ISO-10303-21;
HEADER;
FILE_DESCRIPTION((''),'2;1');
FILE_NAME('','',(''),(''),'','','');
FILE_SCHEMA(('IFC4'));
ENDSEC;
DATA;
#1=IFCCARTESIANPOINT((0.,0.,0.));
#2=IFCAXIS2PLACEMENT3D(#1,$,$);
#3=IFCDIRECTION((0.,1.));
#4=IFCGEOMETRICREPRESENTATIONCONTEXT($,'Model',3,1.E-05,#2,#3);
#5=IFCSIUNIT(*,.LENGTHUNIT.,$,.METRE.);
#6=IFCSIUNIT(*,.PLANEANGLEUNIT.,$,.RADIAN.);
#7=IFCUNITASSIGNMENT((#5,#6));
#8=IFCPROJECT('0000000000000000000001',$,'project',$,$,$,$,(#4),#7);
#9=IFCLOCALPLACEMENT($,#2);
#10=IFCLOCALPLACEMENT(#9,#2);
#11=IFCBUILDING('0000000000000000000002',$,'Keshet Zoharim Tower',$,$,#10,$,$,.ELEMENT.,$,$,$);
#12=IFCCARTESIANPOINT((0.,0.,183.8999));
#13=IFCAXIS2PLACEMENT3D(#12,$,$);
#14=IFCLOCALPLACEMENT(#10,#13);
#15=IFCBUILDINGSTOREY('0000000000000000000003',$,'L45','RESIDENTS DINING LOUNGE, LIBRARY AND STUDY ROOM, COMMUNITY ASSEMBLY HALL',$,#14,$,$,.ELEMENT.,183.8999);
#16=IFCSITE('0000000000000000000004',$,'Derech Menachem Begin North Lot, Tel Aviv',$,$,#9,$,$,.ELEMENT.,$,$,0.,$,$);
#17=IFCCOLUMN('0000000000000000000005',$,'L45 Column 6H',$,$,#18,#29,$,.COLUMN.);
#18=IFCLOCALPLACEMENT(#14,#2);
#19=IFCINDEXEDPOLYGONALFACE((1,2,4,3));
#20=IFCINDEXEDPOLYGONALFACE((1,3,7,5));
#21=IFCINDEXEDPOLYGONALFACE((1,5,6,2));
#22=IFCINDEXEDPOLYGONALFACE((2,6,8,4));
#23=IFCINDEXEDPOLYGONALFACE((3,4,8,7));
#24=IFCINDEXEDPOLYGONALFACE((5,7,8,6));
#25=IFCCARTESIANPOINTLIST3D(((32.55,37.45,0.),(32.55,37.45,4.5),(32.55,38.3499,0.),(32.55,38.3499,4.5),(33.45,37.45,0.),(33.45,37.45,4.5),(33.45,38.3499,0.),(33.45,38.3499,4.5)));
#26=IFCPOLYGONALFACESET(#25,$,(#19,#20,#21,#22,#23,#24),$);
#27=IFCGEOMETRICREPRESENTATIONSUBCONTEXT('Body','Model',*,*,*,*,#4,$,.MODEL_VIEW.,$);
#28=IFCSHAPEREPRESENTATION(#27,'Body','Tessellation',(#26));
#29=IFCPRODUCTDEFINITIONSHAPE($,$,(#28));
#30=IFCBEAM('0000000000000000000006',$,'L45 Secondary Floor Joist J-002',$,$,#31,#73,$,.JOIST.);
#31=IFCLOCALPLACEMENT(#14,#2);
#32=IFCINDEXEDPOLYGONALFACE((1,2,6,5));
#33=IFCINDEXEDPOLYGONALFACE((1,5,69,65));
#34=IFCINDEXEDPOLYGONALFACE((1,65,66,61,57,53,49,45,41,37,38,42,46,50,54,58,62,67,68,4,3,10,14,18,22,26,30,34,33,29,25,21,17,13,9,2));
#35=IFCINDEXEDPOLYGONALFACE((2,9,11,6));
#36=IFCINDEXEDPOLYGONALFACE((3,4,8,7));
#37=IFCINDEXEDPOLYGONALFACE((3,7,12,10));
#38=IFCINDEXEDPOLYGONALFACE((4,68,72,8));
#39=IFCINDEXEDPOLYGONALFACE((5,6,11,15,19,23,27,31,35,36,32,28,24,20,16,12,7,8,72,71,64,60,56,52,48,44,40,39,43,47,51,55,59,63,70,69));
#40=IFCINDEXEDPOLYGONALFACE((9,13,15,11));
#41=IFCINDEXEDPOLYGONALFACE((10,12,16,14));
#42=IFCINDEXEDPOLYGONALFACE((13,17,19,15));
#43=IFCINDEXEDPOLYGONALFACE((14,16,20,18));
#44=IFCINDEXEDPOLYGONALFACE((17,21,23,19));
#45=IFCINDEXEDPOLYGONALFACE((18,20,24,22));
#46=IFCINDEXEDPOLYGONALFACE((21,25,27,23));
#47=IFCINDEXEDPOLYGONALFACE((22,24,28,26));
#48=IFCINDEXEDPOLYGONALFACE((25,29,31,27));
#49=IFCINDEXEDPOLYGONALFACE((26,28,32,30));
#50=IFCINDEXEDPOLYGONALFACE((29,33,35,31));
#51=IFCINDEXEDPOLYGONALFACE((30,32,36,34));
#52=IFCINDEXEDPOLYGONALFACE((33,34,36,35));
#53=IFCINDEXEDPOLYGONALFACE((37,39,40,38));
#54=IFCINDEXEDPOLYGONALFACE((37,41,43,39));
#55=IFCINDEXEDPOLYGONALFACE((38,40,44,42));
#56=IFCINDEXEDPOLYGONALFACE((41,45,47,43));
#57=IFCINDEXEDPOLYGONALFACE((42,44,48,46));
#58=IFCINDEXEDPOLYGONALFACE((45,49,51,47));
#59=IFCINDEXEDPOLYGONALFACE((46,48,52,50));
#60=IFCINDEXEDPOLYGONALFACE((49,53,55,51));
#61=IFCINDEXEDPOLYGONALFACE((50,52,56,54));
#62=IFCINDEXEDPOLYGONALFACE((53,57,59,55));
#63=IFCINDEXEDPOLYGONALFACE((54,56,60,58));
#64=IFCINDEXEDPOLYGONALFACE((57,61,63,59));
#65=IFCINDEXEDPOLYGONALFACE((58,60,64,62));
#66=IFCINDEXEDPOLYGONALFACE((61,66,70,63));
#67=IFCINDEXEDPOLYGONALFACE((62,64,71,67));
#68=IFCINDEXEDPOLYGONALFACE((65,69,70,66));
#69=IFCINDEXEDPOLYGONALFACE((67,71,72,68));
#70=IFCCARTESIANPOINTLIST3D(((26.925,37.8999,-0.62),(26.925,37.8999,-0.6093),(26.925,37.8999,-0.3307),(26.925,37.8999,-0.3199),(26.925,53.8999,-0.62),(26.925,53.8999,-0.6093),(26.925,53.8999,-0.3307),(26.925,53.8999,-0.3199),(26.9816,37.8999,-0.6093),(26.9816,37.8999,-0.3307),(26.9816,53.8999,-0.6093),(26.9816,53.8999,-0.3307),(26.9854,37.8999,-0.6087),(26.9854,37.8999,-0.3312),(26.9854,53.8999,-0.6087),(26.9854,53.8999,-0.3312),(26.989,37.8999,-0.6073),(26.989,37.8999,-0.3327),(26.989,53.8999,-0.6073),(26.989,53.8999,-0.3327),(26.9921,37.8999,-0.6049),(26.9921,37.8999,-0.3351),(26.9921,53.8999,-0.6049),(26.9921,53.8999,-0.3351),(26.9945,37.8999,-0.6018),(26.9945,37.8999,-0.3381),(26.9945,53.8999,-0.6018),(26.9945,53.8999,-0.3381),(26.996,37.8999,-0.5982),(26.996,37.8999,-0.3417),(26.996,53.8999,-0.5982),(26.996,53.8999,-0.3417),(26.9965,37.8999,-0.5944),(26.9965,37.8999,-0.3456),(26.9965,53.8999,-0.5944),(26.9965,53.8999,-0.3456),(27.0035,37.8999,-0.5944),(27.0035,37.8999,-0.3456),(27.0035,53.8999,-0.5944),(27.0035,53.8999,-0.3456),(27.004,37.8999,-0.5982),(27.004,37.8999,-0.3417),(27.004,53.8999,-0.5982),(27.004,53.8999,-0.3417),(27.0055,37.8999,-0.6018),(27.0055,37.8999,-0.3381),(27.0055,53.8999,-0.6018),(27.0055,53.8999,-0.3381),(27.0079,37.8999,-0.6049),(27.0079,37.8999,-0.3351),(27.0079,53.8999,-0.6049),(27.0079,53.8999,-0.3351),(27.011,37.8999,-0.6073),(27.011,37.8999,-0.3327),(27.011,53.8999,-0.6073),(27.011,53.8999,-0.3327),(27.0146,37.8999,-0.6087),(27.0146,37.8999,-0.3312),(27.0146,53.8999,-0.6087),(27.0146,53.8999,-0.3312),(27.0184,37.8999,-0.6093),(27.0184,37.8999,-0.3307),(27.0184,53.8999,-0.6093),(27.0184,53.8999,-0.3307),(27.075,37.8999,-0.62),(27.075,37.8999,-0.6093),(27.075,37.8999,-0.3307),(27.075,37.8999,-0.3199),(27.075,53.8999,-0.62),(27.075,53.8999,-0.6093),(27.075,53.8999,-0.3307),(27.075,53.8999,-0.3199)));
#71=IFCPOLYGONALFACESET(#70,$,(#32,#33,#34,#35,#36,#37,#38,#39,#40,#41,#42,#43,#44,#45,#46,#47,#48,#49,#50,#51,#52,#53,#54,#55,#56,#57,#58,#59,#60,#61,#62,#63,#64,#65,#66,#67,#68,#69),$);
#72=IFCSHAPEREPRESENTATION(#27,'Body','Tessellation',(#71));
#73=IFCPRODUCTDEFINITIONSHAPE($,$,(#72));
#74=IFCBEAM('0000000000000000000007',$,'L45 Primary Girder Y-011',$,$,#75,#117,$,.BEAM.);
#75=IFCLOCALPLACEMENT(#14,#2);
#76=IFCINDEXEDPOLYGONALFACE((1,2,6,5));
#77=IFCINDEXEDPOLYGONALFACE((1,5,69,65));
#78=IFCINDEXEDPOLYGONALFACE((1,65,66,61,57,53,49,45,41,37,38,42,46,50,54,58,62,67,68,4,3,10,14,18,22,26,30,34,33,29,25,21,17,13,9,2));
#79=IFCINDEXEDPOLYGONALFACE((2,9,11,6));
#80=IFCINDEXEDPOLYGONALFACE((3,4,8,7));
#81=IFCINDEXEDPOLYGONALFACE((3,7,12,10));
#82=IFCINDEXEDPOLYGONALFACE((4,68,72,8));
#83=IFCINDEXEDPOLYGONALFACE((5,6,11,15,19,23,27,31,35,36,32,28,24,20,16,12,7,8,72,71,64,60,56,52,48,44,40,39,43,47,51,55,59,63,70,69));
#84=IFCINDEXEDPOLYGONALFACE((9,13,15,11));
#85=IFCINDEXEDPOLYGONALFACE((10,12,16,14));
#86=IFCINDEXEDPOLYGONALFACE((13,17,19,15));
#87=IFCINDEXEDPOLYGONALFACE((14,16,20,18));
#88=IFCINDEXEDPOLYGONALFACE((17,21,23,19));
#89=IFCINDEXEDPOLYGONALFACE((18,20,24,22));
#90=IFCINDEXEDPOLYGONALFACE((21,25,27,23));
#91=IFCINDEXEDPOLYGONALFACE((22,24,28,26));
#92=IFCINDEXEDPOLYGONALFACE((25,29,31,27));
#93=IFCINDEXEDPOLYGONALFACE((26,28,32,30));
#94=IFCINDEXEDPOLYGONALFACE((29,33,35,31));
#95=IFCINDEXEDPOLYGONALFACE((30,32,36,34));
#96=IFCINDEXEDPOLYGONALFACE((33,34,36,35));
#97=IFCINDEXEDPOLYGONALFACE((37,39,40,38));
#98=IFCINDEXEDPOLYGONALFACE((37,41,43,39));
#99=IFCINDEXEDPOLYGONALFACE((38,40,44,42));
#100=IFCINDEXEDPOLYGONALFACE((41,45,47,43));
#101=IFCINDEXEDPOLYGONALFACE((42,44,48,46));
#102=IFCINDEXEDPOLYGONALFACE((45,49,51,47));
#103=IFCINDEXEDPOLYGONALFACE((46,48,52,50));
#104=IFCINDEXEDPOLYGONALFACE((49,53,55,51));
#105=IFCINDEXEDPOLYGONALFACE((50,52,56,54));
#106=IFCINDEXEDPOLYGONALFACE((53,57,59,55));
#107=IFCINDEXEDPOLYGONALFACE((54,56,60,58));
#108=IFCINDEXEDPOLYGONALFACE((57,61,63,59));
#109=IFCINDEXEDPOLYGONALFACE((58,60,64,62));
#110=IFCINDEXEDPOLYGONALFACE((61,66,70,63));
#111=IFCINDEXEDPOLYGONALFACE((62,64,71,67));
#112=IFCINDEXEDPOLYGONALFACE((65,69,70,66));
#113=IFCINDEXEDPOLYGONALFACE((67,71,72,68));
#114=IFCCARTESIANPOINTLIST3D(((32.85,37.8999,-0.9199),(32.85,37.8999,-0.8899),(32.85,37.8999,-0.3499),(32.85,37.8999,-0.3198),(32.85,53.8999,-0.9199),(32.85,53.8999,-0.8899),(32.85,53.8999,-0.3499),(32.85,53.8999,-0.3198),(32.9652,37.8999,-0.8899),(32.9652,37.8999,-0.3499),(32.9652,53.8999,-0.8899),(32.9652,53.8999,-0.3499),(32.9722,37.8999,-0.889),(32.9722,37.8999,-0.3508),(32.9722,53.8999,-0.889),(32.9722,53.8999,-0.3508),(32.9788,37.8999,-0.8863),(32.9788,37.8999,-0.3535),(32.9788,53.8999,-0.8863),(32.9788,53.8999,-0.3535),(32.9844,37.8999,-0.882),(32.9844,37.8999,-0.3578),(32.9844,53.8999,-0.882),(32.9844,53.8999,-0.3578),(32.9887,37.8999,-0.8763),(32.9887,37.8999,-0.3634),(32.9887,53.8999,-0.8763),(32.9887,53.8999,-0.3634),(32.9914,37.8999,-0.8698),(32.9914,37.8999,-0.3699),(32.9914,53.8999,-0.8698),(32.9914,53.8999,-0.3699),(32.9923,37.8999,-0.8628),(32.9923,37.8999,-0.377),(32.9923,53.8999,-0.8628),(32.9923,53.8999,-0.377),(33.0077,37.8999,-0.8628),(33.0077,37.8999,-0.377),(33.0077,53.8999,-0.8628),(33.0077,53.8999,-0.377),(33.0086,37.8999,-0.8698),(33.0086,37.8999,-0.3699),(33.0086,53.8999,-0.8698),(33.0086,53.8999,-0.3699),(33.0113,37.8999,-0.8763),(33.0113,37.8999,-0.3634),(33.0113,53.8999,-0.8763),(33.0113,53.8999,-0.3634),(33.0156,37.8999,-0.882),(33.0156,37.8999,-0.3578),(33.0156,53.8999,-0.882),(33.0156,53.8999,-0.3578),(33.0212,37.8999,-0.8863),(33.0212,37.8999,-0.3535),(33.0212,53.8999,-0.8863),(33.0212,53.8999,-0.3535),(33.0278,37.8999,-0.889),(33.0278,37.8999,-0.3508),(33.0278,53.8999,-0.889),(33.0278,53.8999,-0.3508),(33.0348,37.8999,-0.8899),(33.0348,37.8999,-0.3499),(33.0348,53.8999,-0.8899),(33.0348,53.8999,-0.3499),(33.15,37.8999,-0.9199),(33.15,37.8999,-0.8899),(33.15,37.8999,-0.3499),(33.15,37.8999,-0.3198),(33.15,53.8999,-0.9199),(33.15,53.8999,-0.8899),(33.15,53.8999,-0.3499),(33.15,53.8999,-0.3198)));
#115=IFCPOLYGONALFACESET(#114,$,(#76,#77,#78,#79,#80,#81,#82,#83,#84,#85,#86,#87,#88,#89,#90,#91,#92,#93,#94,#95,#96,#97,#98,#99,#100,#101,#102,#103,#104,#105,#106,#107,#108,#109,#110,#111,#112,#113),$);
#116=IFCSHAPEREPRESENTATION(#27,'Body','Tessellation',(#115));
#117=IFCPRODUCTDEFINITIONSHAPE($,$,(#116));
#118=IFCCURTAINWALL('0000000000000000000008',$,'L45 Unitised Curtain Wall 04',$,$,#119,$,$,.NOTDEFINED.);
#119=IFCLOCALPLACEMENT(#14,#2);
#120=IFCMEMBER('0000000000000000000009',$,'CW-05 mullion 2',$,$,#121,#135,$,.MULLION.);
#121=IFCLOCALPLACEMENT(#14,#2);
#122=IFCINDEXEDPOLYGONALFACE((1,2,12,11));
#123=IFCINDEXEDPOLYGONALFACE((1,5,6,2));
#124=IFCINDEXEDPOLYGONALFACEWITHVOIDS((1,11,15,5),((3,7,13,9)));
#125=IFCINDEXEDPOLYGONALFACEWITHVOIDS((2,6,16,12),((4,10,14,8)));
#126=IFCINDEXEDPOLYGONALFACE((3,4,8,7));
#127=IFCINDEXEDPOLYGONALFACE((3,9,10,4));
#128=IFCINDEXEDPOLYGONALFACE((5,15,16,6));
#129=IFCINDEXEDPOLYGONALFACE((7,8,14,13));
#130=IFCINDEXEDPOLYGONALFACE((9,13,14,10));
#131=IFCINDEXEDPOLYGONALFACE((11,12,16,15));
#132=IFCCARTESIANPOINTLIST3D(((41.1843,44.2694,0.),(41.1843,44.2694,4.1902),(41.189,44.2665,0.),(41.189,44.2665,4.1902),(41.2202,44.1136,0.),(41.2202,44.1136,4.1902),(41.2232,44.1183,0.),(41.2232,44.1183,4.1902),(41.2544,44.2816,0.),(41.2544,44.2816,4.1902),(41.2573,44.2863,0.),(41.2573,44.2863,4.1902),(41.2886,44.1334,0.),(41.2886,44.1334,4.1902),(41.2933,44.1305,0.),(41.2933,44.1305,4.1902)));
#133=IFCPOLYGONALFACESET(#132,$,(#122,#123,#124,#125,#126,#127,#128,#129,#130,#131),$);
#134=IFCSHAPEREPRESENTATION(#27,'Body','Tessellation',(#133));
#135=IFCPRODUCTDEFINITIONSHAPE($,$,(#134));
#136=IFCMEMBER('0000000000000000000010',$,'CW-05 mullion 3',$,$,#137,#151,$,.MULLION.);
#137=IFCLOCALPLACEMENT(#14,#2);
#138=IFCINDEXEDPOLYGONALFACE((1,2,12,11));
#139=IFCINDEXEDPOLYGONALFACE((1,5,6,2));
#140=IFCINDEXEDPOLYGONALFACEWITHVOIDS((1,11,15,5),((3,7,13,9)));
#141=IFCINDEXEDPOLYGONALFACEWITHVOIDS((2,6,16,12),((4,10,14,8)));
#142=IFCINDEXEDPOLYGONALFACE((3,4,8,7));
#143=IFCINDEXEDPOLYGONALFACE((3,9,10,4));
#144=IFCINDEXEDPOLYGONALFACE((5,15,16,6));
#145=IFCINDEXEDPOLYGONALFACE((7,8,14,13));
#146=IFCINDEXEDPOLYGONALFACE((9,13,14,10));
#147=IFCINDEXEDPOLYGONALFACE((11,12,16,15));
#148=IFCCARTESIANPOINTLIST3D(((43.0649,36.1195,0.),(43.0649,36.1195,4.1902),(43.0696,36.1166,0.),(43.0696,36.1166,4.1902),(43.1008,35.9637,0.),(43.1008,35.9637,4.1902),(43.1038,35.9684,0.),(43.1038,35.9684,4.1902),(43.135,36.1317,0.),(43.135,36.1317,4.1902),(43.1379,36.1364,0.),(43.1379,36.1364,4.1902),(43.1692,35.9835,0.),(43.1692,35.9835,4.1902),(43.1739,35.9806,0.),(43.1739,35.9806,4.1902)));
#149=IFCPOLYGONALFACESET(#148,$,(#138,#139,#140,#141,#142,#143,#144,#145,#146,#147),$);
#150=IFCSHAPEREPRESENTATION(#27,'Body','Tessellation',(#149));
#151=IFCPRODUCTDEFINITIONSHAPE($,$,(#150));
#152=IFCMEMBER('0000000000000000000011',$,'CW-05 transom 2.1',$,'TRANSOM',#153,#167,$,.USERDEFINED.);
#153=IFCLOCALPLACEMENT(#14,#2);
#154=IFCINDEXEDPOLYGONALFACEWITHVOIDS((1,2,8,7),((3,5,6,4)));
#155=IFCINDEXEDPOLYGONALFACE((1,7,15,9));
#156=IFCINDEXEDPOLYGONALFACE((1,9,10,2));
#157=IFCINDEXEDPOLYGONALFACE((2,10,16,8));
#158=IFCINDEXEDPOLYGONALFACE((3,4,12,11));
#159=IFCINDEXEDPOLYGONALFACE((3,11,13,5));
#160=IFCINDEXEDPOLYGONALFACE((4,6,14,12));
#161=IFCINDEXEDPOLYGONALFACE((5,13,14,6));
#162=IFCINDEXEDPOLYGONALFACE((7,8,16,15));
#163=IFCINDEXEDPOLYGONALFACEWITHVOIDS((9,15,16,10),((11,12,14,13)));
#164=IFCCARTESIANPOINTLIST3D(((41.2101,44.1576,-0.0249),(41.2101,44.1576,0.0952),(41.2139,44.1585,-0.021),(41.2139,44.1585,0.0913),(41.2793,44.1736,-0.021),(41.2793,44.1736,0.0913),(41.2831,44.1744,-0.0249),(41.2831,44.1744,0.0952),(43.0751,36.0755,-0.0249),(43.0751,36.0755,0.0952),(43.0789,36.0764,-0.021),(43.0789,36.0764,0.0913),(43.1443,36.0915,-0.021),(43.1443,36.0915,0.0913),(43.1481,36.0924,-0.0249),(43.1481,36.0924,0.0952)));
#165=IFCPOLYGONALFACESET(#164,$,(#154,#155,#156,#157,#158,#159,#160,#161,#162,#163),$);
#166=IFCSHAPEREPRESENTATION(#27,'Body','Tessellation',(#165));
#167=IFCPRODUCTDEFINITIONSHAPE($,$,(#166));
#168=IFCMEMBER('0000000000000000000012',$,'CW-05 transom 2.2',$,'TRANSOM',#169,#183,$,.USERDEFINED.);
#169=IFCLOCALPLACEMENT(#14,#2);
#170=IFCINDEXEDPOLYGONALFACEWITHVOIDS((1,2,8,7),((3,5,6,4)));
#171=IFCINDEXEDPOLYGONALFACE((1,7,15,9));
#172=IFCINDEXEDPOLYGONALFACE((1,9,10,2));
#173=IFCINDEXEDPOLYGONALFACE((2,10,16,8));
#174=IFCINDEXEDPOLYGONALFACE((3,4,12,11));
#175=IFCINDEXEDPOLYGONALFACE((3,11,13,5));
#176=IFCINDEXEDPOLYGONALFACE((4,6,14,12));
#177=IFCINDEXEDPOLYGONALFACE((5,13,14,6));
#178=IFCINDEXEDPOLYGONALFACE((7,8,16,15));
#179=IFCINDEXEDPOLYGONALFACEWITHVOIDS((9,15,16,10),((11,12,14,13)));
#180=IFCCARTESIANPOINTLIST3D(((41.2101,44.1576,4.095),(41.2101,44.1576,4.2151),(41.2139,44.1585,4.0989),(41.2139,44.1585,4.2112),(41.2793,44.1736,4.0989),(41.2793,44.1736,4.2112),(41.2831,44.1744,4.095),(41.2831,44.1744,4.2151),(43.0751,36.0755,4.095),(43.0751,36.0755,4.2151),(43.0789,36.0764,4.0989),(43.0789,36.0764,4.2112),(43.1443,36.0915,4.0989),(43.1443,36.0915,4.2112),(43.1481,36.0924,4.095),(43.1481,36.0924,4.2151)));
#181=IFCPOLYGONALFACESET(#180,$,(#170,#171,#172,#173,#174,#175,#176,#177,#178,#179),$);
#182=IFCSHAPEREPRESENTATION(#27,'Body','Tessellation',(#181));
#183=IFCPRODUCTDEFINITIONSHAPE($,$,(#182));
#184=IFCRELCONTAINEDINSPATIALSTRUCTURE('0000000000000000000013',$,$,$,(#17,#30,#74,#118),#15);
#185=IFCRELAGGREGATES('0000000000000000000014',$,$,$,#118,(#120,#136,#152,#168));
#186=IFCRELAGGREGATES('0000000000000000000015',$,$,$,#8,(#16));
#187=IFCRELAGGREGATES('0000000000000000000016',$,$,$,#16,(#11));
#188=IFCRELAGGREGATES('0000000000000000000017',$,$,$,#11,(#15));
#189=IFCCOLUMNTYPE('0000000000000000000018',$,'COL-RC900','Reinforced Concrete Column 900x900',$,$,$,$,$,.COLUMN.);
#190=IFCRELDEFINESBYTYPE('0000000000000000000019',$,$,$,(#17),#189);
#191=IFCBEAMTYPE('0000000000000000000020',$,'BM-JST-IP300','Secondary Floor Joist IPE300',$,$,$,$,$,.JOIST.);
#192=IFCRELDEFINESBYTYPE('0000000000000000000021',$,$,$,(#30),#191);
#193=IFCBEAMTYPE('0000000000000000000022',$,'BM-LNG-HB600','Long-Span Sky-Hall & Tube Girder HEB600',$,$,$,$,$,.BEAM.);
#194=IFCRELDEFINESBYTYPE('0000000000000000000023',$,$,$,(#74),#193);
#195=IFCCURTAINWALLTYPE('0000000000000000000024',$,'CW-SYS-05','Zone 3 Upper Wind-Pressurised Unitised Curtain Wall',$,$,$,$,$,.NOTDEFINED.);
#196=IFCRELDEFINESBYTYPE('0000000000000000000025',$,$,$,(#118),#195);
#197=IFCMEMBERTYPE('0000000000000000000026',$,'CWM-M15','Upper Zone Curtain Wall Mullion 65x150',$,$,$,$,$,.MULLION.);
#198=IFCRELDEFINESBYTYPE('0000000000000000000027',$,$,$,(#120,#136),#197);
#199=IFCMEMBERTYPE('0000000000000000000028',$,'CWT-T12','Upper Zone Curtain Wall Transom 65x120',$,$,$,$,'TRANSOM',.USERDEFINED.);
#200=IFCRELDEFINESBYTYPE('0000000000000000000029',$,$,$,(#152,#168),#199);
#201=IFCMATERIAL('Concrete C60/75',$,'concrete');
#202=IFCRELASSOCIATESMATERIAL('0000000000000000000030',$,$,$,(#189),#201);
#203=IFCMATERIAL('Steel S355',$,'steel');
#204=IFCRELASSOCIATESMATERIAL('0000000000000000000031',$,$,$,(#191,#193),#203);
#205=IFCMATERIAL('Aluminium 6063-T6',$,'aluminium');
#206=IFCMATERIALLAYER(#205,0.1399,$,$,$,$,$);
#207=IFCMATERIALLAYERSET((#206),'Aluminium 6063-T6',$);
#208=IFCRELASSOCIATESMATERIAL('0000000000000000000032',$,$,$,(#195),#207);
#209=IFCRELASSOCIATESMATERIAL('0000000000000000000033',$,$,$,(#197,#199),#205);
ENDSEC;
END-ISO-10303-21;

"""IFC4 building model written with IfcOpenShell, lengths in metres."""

from ifc_helpers import new_model, si_unit, direction, frame, origin, origin_2d, place, context, subcontext, project, spatial, rectangle, hollow_rectangle, i_section, extrude, material, layer, layer_set, material_profile, profile_set, type_object, element, aggregate, save


model = new_model("IFC4")

# Units and contexts
model_context = context("Model", 3, precision=1e-05, world=origin(), true_north=direction((0.0, 1.0)))
body_context = subcontext(model_context, "Body", "Model", "MODEL_VIEW")
ifc_project = project(units=[si_unit("LENGTHUNIT", "METRE"), si_unit("PLANEANGLEUNIT", "RADIAN")], contexts=[model_context])

# Site, building, storey
site_placement = place(None, origin())
site = spatial("IfcSite", under=ifc_project, at=site_placement, Name="Derech Menachem Begin North Lot, Tel Aviv", CompositionType="ELEMENT", RefElevation=0.0)
building_placement = place(site_placement, origin())
building = spatial("IfcBuilding", under=site, at=building_placement, Name="Keshet Zoharim Tower", CompositionType="ELEMENT")
storey_placement = place(building_placement, frame((0.0, 0.0, 183.8999)))
storey = spatial("IfcBuildingStorey", under=building, at=storey_placement, Name="L45", Description="RESIDENTS DINING LOUNGE, LIBRARY AND STUDY ROOM, COMMUNITY ASSEMBLY HALL", CompositionType="ELEMENT", Elevation=183.8999)

# Column
ifc_material_1 = material(Name="Concrete C60/75", Category="concrete")
ifc_material_profile_1 = material_profile(ifc_material_1, rectangle(XDim=0.8999, YDim=0.8999, at=origin_2d()), Name="RC900x900")
ifc_profile_set_1 = profile_set([ifc_material_profile_1], Name="Concrete C60/75")
column_type = type_object("IfcColumnType", Name="COL-RC900", Description="Reinforced Concrete Column 900x900", PredefinedType="COLUMN", material=ifc_profile_set_1)
column_placement = place(storey_placement, frame((33.0, 37.8999, 0.0), z_axis=(0.0, 0.0, 1.0), x_axis=(1.0, 0.0, 0.0)))
element("IfcColumn", 1, at=column_placement, inside=storey, type_object=column_type, Name="L45 Column 6H", PredefinedType="COLUMN", context=body_context, shape_type="SweptSolid", body=[
    extrude(rectangle(XDim=0.8999, YDim=0.8999, at=origin_2d()), origin(), (0.0, 0.0, 1.0), 4.5),
])

# Beams
ifc_material_2 = material(Name="Steel S355", Category="steel")
ifc_material_profile_2 = material_profile(ifc_material_2, i_section(OverallWidth=0.1499, OverallDepth=0.3, WebThickness=0.0071, FlangeThickness=0.0107, FilletRadius=0.0149, at=origin_2d()), Name="IPE300")
ifc_profile_set_2 = profile_set([ifc_material_profile_2], Name="Steel S355")
beam_type_1 = type_object("IfcBeamType", Name="BM-JST-IP300", Description="Secondary Floor Joist IPE300", PredefinedType="JOIST", material=ifc_profile_set_2)
beam_1_placement = place(storey_placement, frame((27.0, 37.8999, -0.47), z_axis=(0.0, 1.0, 0.0), x_axis=(-1.0, 0.0, 0.0)))
element("IfcBeam", 2, at=beam_1_placement, inside=storey, type_object=beam_type_1, Name="L45 Secondary Floor Joist J-002", PredefinedType="JOIST", context=body_context, shape_type="SweptSolid", body=[
    extrude(i_section(OverallWidth=0.1499, OverallDepth=0.3, WebThickness=0.0071, FlangeThickness=0.0107, FilletRadius=0.0149, at=origin_2d()), origin(), (0.0, 0.0, 1.0), 16.0),
])
ifc_material_profile_3 = material_profile(ifc_material_2, i_section(OverallWidth=0.3, OverallDepth=0.6001, WebThickness=0.0154, FlangeThickness=0.03, FilletRadius=0.0271, at=origin_2d()), Name="HEB600")
ifc_profile_set_3 = profile_set([ifc_material_profile_3], Name="Steel S355")
beam_type_2 = type_object("IfcBeamType", Name="BM-LNG-HB600", Description="Long-Span Sky-Hall & Tube Girder HEB600", PredefinedType="BEAM", material=ifc_profile_set_3)
beam_2_placement = place(storey_placement, frame((33.0, 37.8999, -0.6199), z_axis=(0.0, 1.0, 0.0), x_axis=(-1.0, 0.0, 0.0)))
element("IfcBeam", 3, at=beam_2_placement, inside=storey, type_object=beam_type_2, Name="L45 Primary Girder Y-011", PredefinedType="BEAM", context=body_context, shape_type="SweptSolid", body=[
    extrude(i_section(OverallWidth=0.3, OverallDepth=0.6001, WebThickness=0.0154, FlangeThickness=0.03, FilletRadius=0.0271, at=origin_2d()), origin(), (0.0, 0.0, 1.0), 16.0),
])

# Curtain wall, members
ifc_material_3 = material(Name="Aluminium 6063-T6", Category="aluminium")
ifc_layer_1 = layer(ifc_material_3, 0.1399)
ifc_layer_set_1 = layer_set([ifc_layer_1], Name="Aluminium 6063-T6")
curtain_wall_type = type_object("IfcCurtainWallType", Name="CW-SYS-05", Description="Zone 3 Upper Wind-Pressurised Unitised Curtain Wall", PredefinedType="NOTDEFINED", material=ifc_layer_set_1)
curtain_wall_placement = place(storey_placement, origin())
curtain_wall = element("IfcCurtainWall", 4, at=curtain_wall_placement, inside=storey, type_object=curtain_wall_type, Name="L45 Unitised Curtain Wall 04", PredefinedType="NOTDEFINED")
ifc_material_profile_4 = material_profile(ifc_material_3, hollow_rectangle(XDim=0.075, YDim=0.1599, WallThickness=0.0039, at=origin_2d()), Name="MUL-75x160")
ifc_profile_set_4 = profile_set([ifc_material_profile_4], Name="Aluminium 6063-T6")
member_type_1 = type_object("IfcMemberType", Name="CWM-M15", Description="Upper Zone Curtain Wall Mullion 65x150", PredefinedType="MULLION", material=ifc_profile_set_4)
member_1_placement = place(storey_placement, frame((41.2388, 44.2, 0.0), z_axis=(0.0, 0.0, 1.0), x_axis=(0.974394, 0.224848, 0.0)))
member_1 = element("IfcMember", 5, at=member_1_placement, type_object=member_type_1, Name="CW-05 mullion 2", PredefinedType="MULLION", context=body_context, shape_type="SweptSolid", body=[
    extrude(hollow_rectangle(XDim=0.075, YDim=0.1599, WallThickness=0.0039, at=origin_2d()), origin(), (0.0, 0.0, 1.0), 4.1902),
])
member_2_placement = place(storey_placement, frame((43.1194, 36.05, 0.0), z_axis=(0.0, 0.0, 1.0), x_axis=(0.974394, 0.224848, 0.0)))
member_2 = element("IfcMember", 6, at=member_2_placement, type_object=member_type_1, Name="CW-05 mullion 3", PredefinedType="MULLION", context=body_context, shape_type="SweptSolid", body=[
    extrude(hollow_rectangle(XDim=0.075, YDim=0.1599, WallThickness=0.0039, at=origin_2d()), origin(), (0.0, 0.0, 1.0), 4.1902),
])
ifc_material_profile_5 = material_profile(ifc_material_3, hollow_rectangle(XDim=0.075, YDim=0.1201, WallThickness=0.0039, at=origin_2d()), Name="TRN-75x120")
ifc_profile_set_5 = profile_set([ifc_material_profile_5], Name="Aluminium 6063-T6")
member_type_2 = type_object("IfcMemberType", Name="CWT-T12", Description="Upper Zone Curtain Wall Transom 65x120", ElementType="TRANSOM", PredefinedType="USERDEFINED", material=ifc_profile_set_5)
member_3_placement = place(storey_placement, frame((41.2466, 44.166, 0.0352), z_axis=(0.224849, -0.974394, 0.0), x_axis=(0.974394, 0.224849, 0.0)))
member_3 = element("IfcMember", 7, at=member_3_placement, type_object=member_type_2, Name="CW-05 transom 2.1", ObjectType="TRANSOM", PredefinedType="USERDEFINED", context=body_context, shape_type="SweptSolid", body=[
    extrude(hollow_rectangle(XDim=0.075, YDim=0.1201, WallThickness=0.0039, at=origin_2d()), origin(), (0.0, 0.0, 1.0), 8.2944),
])
member_4_placement = place(storey_placement, frame((41.2466, 44.166, 4.155), z_axis=(0.224849, -0.974394, 0.0), x_axis=(0.974394, 0.224849, 0.0)))
member_4 = element("IfcMember", 8, at=member_4_placement, type_object=member_type_2, Name="CW-05 transom 2.2", ObjectType="TRANSOM", PredefinedType="USERDEFINED", context=body_context, shape_type="SweptSolid", body=[
    extrude(hollow_rectangle(XDim=0.075, YDim=0.1201, WallThickness=0.0039, at=origin_2d()), origin(), (0.0, 0.0, 1.0), 8.2944),
])
aggregate(curtain_wall, [member_1, member_2, member_3, member_4])

save(model, "model.ifc")
